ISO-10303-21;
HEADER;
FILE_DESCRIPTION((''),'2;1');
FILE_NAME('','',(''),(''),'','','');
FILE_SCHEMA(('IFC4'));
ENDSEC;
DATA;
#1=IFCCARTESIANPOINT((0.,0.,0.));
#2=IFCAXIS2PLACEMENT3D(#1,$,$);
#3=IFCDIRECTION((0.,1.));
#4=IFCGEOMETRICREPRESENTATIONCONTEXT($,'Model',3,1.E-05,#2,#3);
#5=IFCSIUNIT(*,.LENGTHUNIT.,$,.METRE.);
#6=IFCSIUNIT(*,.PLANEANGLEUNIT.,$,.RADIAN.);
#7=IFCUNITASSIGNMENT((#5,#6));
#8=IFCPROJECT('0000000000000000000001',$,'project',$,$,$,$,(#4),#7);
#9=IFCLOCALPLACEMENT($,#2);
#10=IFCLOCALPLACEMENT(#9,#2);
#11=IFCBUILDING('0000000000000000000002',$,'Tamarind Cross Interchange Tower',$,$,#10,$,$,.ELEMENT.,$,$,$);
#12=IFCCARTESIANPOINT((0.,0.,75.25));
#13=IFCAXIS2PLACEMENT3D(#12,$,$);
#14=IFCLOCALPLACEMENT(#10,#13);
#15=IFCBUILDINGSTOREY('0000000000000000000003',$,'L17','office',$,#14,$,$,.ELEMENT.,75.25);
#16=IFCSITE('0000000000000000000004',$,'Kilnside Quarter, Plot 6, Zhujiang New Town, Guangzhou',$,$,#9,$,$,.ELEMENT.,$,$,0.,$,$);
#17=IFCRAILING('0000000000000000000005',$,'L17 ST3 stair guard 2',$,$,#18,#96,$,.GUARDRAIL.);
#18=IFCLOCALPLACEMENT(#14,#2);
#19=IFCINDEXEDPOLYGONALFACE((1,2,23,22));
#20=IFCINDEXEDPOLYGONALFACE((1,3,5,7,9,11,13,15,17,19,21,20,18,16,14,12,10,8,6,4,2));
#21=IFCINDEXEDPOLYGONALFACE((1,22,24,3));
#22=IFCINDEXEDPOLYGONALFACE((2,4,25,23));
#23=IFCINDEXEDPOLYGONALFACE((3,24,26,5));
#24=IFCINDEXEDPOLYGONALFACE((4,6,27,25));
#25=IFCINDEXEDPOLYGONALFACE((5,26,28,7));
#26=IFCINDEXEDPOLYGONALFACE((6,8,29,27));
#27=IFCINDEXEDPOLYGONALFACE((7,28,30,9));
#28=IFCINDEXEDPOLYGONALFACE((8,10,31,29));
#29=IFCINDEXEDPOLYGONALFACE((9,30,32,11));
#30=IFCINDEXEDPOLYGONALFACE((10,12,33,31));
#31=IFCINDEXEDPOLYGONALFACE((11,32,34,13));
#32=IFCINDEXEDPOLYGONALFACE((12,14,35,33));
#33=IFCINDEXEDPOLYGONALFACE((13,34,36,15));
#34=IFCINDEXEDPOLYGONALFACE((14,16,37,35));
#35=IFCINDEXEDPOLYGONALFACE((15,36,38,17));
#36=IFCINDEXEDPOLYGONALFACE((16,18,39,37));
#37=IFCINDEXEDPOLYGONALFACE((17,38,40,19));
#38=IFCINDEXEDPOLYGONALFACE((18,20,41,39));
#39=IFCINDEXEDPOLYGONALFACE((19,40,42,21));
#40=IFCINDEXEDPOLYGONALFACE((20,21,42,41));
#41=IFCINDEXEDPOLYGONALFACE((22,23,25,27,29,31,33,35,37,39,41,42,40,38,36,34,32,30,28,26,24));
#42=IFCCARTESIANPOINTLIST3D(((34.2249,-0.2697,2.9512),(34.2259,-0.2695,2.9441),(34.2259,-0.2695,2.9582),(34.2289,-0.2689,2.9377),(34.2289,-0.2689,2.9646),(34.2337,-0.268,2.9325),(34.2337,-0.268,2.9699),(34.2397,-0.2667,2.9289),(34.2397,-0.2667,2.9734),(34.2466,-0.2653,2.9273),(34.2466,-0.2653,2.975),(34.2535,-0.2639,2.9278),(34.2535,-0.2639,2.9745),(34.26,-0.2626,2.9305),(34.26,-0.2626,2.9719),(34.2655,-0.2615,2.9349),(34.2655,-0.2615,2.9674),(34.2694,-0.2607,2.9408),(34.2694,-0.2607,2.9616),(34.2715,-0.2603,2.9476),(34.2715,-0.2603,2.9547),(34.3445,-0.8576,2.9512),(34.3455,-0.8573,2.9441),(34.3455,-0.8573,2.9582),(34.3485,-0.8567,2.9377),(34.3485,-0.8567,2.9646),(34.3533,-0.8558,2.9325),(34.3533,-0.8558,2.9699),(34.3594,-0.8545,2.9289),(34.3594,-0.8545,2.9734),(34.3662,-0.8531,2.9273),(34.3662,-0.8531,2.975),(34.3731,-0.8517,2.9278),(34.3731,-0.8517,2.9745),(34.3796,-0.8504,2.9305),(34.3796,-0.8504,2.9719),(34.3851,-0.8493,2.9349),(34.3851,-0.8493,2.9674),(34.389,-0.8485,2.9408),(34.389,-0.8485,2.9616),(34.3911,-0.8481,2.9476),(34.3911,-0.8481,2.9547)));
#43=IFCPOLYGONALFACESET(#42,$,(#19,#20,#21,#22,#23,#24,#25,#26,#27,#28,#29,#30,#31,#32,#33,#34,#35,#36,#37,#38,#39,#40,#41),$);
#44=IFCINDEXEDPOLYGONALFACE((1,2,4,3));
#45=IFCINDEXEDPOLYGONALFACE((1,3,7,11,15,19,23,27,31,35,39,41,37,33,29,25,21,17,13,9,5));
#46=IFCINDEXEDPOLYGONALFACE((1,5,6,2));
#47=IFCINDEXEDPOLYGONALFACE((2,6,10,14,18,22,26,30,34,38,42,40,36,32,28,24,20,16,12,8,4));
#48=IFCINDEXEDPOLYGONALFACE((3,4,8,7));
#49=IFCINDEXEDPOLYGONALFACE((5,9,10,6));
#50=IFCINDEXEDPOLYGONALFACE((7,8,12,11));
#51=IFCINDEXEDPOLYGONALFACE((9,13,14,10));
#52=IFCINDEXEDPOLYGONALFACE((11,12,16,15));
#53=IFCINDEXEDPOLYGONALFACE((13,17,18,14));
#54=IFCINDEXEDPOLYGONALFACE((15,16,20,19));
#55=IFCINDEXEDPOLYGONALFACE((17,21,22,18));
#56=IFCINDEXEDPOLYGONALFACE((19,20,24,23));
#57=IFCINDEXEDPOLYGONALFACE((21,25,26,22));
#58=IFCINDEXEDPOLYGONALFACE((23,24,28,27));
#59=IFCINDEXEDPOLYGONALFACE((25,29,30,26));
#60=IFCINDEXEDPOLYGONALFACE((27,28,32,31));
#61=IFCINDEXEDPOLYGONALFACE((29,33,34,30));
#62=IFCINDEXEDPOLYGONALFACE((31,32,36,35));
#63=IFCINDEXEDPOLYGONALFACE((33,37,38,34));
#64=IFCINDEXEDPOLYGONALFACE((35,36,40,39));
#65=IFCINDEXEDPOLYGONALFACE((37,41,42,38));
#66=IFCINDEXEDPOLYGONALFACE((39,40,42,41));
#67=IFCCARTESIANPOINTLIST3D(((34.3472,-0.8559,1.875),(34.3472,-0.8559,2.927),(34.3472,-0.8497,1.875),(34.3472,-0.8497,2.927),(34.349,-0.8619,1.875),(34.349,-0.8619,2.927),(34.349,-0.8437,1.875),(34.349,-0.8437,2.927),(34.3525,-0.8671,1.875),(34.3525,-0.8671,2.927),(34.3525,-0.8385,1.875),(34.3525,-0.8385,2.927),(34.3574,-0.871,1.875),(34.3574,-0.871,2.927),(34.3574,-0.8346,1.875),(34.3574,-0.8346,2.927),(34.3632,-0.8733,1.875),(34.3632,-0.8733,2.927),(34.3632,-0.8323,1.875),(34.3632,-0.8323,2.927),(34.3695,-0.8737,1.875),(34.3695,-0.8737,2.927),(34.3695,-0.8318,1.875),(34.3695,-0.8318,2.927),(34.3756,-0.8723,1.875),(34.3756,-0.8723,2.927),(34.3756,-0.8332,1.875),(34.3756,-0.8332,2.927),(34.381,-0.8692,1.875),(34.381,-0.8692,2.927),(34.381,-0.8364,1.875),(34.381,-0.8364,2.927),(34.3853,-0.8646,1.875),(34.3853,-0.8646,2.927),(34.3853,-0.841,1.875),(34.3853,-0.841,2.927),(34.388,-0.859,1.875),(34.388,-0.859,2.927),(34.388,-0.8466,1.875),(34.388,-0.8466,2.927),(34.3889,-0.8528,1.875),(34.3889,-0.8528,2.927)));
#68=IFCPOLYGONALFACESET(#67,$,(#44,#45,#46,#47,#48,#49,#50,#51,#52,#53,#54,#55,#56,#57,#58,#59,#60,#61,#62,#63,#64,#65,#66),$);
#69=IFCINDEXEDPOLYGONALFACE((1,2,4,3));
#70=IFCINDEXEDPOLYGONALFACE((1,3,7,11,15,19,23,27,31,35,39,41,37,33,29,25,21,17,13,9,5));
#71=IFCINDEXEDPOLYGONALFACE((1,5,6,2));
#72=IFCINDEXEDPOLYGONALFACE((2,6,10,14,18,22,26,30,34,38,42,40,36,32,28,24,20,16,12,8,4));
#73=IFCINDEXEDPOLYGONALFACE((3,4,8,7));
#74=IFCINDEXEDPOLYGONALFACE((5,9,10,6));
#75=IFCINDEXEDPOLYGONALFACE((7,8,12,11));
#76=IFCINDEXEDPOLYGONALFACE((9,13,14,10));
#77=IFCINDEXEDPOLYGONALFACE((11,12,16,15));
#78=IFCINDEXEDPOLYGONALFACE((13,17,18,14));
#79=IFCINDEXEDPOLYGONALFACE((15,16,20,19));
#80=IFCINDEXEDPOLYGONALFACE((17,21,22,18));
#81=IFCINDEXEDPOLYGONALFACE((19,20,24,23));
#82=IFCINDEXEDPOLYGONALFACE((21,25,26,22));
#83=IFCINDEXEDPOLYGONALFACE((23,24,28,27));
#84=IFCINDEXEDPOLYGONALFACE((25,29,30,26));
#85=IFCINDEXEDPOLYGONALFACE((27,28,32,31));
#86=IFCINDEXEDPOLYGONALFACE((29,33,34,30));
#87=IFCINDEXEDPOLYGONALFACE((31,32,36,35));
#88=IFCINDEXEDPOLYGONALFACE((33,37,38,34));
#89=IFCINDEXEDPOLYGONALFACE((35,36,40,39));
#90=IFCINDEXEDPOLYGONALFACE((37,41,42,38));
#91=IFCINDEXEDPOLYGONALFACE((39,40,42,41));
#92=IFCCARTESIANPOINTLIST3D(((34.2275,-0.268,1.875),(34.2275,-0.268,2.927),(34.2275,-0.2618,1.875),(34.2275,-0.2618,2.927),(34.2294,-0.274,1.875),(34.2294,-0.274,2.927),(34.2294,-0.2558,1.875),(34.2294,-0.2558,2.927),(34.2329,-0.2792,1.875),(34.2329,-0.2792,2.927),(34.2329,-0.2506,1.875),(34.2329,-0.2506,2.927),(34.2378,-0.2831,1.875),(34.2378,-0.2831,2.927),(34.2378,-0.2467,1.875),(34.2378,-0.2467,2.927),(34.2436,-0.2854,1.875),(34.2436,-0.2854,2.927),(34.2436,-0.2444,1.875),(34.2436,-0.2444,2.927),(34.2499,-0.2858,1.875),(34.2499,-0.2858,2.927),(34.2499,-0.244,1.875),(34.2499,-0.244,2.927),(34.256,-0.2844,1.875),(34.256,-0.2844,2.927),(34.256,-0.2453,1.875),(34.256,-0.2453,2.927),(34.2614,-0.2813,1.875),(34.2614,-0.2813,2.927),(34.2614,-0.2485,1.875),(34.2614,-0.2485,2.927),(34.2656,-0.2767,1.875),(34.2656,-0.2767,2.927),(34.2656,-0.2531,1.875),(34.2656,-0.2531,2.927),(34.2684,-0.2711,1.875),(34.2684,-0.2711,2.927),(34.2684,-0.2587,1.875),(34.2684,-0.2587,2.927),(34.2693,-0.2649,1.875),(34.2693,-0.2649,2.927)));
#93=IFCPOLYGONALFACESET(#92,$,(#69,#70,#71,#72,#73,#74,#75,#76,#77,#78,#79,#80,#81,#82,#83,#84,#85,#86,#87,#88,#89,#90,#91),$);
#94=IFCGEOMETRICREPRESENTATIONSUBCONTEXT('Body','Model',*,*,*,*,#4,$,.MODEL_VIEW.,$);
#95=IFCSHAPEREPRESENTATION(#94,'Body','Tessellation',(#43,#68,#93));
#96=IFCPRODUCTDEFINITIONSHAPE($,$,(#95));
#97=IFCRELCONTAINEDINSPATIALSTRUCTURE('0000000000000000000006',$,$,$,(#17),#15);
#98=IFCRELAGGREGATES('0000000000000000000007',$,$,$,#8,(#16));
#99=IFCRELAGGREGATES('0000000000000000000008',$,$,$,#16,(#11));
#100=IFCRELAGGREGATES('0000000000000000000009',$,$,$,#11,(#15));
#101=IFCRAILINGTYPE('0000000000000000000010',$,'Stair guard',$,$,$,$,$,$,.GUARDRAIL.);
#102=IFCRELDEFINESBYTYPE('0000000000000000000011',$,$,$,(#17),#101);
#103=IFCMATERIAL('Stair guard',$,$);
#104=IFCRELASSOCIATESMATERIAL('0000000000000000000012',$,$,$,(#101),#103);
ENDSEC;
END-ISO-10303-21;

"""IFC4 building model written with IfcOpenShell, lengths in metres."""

from ifc_helpers import new_model, si_unit, direction, frame, origin, origin_2d, place, context, subcontext, project, spatial, circle, extrude, material, type_object, element, save


model = new_model("IFC4")

# Units and contexts
model_context = context("Model", 3, precision=1e-05, world=origin(), true_north=direction((0.0, 1.0)))
body_context = subcontext(model_context, "Body", "Model", "MODEL_VIEW")
ifc_project = project(units=[si_unit("LENGTHUNIT", "METRE"), si_unit("PLANEANGLEUNIT", "RADIAN")], contexts=[model_context])

# Site, building, storey
site_placement = place(None, origin())
site = spatial("IfcSite", under=ifc_project, at=site_placement, Name="Kilnside Quarter, Plot 6, Zhujiang New Town, Guangzhou", CompositionType="ELEMENT", RefElevation=0.0)
building_placement = place(site_placement, origin())
building = spatial("IfcBuilding", under=site, at=building_placement, Name="Tamarind Cross Interchange Tower", CompositionType="ELEMENT")
storey_placement = place(building_placement, frame((0.0, 0.0, 75.25)))
storey = spatial("IfcBuildingStorey", under=building, at=storey_placement, Name="L17", Description="office", CompositionType="ELEMENT", Elevation=75.25)

# Railing
ifc_material_1 = material(Name="Stair guard")
railing_type_1 = type_object("IfcRailingType", Name="Stair guard", PredefinedType="GUARDRAIL", material=ifc_material_1)
railing_1_placement = place(storey_placement, frame((34.3679, -0.8528, 1.875)))
element("IfcRailing", 1, at=railing_1_placement, inside=storey, type_object=railing_type_1, Name="L17 ST3 stair guard 2", PredefinedType="GUARDRAIL", context=body_context, shape_type="SweptSolid", body=[
    extrude(circle(Radius=0.0239, at=origin_2d()), frame((0.0, 0.0, 1.0762), z_axis=(-0.199402, 0.979918, 0.0), x_axis=(-0.979918, -0.199402, 0.0)), (0.0, 0.0, 1.0), 0.5999),
    extrude(circle(Radius=0.021, at=origin_2d()), origin(), (0.0, 0.0, 1.0), 1.052),
    extrude(circle(Radius=0.021, at=origin_2d()), frame((-0.1196, 0.5879, 0.0)), (0.0, 0.0, 1.0), 1.052),
])

save(model, "model.ifc")
